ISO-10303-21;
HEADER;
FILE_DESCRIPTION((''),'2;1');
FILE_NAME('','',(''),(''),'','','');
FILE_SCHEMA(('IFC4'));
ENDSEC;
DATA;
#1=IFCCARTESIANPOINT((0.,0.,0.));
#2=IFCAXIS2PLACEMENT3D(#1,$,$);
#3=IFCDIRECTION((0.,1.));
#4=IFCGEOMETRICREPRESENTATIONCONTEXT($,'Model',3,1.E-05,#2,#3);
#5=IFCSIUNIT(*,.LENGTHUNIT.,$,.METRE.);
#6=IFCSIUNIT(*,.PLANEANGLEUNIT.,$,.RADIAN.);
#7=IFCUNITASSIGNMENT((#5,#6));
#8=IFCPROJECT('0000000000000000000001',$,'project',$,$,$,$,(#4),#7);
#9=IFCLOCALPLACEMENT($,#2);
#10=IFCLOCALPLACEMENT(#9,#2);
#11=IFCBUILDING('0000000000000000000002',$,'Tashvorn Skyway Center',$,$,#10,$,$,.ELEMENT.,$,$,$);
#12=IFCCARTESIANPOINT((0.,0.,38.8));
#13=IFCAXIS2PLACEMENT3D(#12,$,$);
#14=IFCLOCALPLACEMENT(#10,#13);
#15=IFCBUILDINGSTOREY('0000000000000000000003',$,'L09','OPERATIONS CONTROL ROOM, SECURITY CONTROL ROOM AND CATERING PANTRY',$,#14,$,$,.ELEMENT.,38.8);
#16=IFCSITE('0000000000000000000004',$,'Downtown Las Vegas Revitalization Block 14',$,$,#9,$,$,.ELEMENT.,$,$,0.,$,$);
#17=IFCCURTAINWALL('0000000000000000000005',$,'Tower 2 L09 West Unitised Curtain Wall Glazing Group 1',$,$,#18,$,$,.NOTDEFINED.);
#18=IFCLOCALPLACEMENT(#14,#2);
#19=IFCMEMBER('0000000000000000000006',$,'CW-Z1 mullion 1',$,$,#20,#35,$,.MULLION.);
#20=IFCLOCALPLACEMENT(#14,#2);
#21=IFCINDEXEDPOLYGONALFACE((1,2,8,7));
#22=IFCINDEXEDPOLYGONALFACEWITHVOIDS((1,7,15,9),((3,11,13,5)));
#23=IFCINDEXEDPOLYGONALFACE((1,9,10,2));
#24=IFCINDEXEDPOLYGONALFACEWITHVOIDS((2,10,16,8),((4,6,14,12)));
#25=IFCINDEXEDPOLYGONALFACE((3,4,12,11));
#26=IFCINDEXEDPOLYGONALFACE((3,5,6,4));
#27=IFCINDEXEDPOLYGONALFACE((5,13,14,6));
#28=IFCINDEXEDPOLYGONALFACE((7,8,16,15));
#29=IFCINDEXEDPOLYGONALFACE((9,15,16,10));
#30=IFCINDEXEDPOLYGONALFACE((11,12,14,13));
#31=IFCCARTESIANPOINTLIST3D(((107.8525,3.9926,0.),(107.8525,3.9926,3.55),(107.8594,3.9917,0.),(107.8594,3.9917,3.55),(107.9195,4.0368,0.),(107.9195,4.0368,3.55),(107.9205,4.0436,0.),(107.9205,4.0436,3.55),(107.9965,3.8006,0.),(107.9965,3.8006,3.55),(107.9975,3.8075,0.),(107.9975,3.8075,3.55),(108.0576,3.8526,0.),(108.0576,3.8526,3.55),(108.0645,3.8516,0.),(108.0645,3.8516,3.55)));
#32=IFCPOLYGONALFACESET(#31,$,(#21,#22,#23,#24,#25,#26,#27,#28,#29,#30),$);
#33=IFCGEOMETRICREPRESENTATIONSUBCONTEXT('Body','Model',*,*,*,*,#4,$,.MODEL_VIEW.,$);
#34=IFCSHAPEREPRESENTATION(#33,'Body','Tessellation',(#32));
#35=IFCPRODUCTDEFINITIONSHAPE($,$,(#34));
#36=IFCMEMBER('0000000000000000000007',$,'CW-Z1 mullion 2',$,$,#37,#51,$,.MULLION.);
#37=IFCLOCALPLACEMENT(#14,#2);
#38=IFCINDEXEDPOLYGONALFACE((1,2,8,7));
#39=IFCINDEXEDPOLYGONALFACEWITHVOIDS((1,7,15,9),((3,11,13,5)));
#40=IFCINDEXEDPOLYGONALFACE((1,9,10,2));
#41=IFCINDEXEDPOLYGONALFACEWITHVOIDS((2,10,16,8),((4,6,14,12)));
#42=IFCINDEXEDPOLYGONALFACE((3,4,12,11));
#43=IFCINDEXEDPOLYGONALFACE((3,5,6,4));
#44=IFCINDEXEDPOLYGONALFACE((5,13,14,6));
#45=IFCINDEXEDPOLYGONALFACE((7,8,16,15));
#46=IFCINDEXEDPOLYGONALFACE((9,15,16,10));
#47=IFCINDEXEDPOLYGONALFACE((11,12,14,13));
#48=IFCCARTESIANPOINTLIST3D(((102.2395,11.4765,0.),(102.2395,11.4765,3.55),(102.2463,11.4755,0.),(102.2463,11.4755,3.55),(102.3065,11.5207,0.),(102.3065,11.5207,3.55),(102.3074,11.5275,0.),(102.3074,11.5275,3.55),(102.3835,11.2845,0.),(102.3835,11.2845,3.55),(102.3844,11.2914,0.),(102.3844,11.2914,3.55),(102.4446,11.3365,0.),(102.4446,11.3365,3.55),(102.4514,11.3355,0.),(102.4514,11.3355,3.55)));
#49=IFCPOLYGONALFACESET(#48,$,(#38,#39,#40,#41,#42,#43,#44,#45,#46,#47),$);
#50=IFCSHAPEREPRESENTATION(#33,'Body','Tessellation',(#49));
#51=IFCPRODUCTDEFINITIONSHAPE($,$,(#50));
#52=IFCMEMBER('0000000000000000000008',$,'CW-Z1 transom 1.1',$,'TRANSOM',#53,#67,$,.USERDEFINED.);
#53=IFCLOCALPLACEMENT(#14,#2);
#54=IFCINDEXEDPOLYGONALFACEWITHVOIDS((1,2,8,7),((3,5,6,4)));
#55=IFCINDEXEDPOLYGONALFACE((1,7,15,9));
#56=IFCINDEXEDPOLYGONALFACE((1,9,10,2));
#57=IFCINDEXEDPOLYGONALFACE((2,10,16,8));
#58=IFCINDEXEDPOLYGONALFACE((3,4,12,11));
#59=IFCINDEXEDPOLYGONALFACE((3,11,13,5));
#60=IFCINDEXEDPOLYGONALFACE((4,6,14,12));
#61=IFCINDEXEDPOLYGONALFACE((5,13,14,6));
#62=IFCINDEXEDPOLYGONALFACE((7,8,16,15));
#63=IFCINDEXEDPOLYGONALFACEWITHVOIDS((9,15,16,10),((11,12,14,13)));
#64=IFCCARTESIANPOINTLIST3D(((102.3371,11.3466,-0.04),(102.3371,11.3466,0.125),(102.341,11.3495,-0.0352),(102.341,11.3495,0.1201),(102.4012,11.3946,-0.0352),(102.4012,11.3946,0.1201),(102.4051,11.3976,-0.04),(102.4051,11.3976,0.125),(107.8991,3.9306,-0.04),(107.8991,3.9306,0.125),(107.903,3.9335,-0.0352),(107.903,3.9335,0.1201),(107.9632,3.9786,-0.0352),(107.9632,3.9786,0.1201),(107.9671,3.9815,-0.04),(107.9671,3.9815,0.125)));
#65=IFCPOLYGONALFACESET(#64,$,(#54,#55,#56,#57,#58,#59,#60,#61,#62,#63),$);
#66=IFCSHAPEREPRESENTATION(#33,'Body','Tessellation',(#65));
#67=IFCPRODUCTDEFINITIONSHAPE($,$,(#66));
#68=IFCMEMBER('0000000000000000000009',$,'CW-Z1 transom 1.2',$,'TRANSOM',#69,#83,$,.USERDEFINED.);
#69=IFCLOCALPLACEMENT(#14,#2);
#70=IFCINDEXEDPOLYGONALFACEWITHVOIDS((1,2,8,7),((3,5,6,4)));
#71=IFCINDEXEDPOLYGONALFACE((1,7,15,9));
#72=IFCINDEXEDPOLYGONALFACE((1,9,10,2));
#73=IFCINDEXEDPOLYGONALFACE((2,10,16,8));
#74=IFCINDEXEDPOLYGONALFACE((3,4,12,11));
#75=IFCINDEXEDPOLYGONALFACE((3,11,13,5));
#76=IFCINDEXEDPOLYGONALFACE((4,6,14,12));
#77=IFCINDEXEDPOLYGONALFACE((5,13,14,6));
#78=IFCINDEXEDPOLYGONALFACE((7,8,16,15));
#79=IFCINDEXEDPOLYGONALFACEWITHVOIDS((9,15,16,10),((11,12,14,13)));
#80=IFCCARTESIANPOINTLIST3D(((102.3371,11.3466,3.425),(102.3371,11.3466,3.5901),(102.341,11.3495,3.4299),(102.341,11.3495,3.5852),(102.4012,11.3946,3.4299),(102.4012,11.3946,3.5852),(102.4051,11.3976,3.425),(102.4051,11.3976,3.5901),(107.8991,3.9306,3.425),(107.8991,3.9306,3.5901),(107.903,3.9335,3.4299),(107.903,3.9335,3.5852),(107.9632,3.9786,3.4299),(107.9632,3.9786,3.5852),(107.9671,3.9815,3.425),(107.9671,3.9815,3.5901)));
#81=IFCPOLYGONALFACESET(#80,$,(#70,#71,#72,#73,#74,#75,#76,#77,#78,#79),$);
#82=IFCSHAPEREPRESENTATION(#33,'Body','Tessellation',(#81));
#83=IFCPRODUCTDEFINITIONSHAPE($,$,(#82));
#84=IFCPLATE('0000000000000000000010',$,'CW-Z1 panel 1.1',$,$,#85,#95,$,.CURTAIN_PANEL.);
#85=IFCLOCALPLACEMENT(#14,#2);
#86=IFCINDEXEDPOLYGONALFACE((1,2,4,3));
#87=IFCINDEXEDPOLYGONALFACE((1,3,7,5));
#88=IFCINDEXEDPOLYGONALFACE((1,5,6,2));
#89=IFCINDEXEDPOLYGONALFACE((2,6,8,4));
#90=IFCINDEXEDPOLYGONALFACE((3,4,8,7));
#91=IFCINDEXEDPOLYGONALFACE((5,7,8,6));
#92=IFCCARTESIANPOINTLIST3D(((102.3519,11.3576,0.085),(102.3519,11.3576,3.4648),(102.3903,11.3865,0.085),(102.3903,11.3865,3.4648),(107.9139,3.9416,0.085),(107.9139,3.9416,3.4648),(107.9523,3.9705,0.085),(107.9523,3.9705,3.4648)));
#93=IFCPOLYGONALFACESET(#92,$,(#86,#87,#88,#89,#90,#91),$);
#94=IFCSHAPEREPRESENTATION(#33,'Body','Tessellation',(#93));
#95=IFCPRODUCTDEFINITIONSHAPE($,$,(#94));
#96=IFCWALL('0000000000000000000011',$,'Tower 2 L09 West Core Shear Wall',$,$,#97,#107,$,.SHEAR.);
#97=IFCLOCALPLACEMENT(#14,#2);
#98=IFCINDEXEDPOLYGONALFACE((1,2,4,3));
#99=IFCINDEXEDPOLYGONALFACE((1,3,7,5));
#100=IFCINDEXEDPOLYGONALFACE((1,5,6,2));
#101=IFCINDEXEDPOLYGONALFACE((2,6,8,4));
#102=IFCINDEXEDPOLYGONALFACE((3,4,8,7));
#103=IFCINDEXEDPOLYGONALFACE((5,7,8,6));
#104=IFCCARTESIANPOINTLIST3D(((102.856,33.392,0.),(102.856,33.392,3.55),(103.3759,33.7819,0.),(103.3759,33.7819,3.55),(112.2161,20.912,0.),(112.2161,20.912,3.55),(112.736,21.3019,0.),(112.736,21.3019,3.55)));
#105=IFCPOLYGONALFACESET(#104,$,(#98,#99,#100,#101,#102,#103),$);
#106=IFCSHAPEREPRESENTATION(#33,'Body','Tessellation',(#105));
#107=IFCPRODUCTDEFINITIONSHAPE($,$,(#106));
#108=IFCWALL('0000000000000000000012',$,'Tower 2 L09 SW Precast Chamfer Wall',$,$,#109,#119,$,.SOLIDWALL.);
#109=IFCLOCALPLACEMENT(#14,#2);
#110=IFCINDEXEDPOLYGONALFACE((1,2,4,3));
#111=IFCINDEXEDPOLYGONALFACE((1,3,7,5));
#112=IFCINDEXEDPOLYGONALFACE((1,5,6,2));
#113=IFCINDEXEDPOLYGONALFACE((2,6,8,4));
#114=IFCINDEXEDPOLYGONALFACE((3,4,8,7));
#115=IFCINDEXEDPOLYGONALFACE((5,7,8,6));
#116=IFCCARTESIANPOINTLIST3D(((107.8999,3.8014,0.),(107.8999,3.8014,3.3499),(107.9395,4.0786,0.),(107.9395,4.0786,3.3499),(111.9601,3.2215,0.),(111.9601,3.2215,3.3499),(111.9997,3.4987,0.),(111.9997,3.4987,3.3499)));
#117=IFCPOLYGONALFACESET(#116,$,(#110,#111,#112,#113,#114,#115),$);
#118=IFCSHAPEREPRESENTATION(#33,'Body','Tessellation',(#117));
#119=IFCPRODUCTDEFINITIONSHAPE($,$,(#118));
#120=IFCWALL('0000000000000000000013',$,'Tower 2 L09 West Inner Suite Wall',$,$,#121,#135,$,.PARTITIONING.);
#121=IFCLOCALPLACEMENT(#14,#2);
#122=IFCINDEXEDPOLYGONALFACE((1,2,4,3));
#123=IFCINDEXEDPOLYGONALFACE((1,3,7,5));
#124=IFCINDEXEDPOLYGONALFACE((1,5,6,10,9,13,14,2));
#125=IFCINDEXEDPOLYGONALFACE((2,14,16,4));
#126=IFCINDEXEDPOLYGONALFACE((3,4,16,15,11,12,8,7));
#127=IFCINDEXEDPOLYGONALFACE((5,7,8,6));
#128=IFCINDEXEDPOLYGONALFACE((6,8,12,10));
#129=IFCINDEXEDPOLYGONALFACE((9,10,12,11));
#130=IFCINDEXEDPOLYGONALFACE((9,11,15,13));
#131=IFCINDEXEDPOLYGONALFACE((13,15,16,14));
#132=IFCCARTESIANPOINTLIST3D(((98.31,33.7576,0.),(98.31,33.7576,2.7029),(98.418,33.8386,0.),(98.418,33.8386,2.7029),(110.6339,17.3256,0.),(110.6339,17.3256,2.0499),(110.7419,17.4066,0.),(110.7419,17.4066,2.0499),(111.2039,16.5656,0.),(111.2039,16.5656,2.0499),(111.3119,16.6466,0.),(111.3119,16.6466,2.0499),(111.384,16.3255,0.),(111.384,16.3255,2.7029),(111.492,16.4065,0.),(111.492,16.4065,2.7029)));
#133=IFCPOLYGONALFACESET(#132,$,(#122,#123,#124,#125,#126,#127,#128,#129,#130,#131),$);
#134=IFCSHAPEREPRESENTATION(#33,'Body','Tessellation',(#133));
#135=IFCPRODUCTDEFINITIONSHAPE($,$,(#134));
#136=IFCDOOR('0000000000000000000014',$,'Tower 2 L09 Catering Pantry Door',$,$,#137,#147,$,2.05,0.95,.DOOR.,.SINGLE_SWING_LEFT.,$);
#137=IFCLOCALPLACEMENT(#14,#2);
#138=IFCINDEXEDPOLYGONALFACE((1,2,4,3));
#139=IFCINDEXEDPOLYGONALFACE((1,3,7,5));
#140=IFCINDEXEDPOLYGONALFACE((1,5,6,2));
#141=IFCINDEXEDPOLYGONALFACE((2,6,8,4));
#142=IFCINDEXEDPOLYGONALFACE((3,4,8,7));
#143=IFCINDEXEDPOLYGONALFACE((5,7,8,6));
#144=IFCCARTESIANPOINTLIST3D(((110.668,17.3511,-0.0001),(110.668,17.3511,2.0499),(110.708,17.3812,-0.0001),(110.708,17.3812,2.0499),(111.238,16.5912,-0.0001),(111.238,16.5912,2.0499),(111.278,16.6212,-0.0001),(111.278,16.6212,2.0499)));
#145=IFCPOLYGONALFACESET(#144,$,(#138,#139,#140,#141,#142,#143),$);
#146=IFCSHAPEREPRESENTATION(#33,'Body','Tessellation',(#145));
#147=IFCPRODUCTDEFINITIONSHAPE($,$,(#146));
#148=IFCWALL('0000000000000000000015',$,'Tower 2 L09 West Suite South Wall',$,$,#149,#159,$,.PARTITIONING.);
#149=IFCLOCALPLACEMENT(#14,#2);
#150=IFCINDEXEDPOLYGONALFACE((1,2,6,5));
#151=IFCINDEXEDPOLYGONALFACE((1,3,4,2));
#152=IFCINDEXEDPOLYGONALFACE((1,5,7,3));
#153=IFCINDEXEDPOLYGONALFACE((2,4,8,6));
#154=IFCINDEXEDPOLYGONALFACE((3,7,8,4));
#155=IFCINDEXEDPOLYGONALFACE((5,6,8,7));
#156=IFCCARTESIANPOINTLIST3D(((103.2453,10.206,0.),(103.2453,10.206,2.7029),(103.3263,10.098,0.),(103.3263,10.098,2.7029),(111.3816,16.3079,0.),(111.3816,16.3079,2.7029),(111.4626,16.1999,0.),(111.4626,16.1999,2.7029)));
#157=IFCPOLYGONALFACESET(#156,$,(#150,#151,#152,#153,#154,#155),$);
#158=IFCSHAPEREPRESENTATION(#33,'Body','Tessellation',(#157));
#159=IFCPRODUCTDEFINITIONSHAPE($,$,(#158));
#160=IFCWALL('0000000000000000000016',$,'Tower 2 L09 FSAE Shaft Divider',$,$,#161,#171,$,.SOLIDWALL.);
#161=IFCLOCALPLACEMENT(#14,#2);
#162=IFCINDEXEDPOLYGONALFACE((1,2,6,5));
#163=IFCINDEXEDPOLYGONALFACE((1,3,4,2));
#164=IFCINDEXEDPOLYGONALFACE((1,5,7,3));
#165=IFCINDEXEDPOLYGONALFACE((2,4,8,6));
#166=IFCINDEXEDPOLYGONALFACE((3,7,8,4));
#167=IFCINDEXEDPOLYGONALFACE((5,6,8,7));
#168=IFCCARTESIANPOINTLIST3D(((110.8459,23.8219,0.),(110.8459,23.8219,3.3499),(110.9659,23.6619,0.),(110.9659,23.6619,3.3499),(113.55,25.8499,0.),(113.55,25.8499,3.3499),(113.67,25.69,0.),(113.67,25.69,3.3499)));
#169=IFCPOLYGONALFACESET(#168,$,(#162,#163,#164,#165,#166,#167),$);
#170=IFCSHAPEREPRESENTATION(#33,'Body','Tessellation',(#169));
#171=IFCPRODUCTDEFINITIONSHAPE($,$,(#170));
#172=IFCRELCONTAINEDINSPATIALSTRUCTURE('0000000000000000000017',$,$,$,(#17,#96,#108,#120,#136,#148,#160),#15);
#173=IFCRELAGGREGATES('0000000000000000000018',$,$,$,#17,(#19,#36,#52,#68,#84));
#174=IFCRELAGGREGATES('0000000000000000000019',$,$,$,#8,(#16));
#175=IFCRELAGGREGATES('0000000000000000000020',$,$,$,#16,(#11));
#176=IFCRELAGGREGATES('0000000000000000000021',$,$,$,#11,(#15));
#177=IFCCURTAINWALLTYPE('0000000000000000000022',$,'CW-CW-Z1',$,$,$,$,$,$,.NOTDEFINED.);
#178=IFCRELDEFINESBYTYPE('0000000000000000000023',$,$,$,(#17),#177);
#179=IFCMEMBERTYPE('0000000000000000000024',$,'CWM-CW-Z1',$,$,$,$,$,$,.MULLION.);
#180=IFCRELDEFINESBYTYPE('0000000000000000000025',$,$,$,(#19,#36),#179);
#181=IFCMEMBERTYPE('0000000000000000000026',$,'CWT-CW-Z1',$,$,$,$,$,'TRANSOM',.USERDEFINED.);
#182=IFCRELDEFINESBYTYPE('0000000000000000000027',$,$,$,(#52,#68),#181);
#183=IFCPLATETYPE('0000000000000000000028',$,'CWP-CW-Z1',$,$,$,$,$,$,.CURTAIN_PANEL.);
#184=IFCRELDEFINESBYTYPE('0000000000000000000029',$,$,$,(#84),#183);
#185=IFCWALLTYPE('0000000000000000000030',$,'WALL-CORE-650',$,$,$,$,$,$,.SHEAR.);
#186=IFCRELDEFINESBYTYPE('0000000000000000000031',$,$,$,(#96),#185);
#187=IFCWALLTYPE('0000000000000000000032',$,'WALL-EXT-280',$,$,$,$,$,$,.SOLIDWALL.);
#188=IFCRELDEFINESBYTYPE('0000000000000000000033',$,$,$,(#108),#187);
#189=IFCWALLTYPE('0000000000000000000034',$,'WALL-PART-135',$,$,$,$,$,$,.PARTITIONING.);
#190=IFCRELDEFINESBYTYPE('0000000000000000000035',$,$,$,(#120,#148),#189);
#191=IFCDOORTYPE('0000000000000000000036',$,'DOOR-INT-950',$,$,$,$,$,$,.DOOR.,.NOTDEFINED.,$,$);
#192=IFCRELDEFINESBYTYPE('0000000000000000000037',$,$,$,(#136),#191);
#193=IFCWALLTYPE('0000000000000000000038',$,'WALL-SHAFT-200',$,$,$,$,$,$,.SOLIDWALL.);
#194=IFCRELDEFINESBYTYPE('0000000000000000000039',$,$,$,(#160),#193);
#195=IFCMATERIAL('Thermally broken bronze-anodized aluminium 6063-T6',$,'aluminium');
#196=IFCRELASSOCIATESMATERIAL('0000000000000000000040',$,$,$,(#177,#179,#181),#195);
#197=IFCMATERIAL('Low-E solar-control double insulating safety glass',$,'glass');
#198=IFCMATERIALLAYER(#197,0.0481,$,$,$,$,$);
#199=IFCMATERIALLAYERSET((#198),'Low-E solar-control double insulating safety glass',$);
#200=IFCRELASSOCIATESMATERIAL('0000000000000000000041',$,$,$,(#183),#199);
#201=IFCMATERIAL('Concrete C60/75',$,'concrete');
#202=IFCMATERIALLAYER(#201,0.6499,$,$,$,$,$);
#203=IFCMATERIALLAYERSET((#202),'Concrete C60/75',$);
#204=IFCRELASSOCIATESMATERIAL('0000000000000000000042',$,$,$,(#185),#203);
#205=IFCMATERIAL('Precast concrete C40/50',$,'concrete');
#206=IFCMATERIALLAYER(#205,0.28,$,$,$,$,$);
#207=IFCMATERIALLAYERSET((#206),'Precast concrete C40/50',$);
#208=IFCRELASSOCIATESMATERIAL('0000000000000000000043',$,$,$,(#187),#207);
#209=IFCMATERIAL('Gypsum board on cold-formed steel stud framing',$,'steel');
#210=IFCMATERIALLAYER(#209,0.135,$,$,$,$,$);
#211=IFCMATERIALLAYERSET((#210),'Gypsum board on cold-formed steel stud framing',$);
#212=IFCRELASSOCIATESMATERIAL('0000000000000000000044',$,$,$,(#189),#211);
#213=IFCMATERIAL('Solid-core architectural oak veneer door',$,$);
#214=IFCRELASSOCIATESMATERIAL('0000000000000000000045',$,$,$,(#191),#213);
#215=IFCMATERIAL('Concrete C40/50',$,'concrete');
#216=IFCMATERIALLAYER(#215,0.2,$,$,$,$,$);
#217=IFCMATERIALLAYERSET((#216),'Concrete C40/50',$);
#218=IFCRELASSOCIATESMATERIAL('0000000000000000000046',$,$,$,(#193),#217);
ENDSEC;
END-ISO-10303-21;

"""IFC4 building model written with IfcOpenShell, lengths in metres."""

from ifc_helpers import new_model, si_unit, direction, frame, frame_2d, origin, origin_2d, place, context, subcontext, project, spatial, rectangle, hollow_rectangle, extrude, material, layer, layer_set, material_profile, profile_set, type_object, element, fill, aggregate, save


model = new_model("IFC4")

# Units and contexts
model_context = context("Model", 3, precision=1e-05, world=origin(), true_north=direction((0.0, 1.0)))
body_context = subcontext(model_context, "Body", "Model", "MODEL_VIEW")
ifc_project = project(units=[si_unit("LENGTHUNIT", "METRE"), si_unit("PLANEANGLEUNIT", "RADIAN")], contexts=[model_context])

# Site, building, storey
site_placement = place(None, origin())
site = spatial("IfcSite", under=ifc_project, at=site_placement, Name="Downtown Las Vegas Revitalization Block 14", CompositionType="ELEMENT", RefElevation=0.0)
building_placement = place(site_placement, origin())
building = spatial("IfcBuilding", under=site, at=building_placement, Name="Tashvorn Skyway Center", CompositionType="ELEMENT")
storey_placement = place(building_placement, frame((0.0, 0.0, 38.8)))
storey = spatial("IfcBuildingStorey", under=building, at=storey_placement, Name="L09", Description="OPERATIONS CONTROL ROOM, SECURITY CONTROL ROOM AND CATERING PANTRY", CompositionType="ELEMENT", Elevation=38.8)

# Shared definitions
ifc_material_1 = material(Name="Concrete C60/75", Category="concrete")

# Shared definitions
ifc_material_2 = material(Name="Thermally broken bronze-anodized aluminium 6063-T6", Category="aluminium")
curtain_wall_type = type_object("IfcCurtainWallType", Name="CW-CW-Z1", PredefinedType="NOTDEFINED", material=ifc_material_2)
ifc_material_profile_1 = material_profile(ifc_material_2, hollow_rectangle(XDim=0.085, YDim=0.24, WallThickness=0.0049, at=origin_2d()), Name="ALU-MULL-85x240")
ifc_profile_set_1 = profile_set([ifc_material_profile_1], Name="Thermally broken bronze-anodized aluminium 6063-T6")
member_type_1 = type_object("IfcMemberType", Name="CWM-CW-Z1", PredefinedType="MULLION", material=ifc_profile_set_1)

# Curtain wall, members, plate
curtain_wall_1_placement = place(storey_placement, origin())
curtain_wall_1 = element("IfcCurtainWall", 1, at=curtain_wall_1_placement, inside=storey, type_object=curtain_wall_type, Name="Tower 2 L09 West Unitised Curtain Wall Glazing Group 1", PredefinedType="NOTDEFINED")
member_1_placement = place(storey_placement, frame((107.9585, 3.9221, 0.0), z_axis=(0.0, 0.0, 1.0), x_axis=(-0.8, -0.6, 0.0)))
member_1 = element("IfcMember", 2, at=member_1_placement, type_object=member_type_1, Name="CW-Z1 mullion 1", PredefinedType="MULLION", context=body_context, shape_type="SweptSolid", body=[
    extrude(hollow_rectangle(XDim=0.085, YDim=0.24, WallThickness=0.0049, at=origin_2d()), origin(), (0.0, 0.0, 1.0), 3.55),
])
member_2_placement = place(storey_placement, frame((102.3455, 11.406, 0.0), z_axis=(0.0, 0.0, 1.0), x_axis=(-0.8, -0.6, 0.0)))
member_2 = element("IfcMember", 3, at=member_2_placement, type_object=member_type_1, Name="CW-Z1 mullion 2", PredefinedType="MULLION", context=body_context, shape_type="SweptSolid", body=[
    extrude(hollow_rectangle(XDim=0.085, YDim=0.24, WallThickness=0.0049, at=origin_2d()), origin(), (0.0, 0.0, 1.0), 3.55),
])
ifc_material_profile_2 = material_profile(ifc_material_2, hollow_rectangle(XDim=0.085, YDim=0.165, WallThickness=0.0049, at=origin_2d()), Name="ALU-TRAN-85x165")
ifc_profile_set_2 = profile_set([ifc_material_profile_2], Name="Thermally broken bronze-anodized aluminium 6063-T6")
member_type_2 = type_object("IfcMemberType", Name="CWT-CW-Z1", ElementType="TRANSOM", PredefinedType="USERDEFINED", material=ifc_profile_set_2)
member_3_placement = place(storey_placement, frame((107.9331, 3.9561, 0.0425), z_axis=(-0.6, 0.8, 0.0), x_axis=(-0.8, -0.6, 0.0)))
member_3 = element("IfcMember", 4, at=member_3_placement, type_object=member_type_2, Name="CW-Z1 transom 1.1", ObjectType="TRANSOM", PredefinedType="USERDEFINED", context=body_context, shape_type="SweptSolid", body=[
    extrude(hollow_rectangle(XDim=0.085, YDim=0.165, WallThickness=0.0049, at=origin_2d()), origin(), (0.0, 0.0, 1.0), 9.27),
])
member_4_placement = place(storey_placement, frame((107.9331, 3.9561, 3.5076), z_axis=(-0.6, 0.8, 0.0), x_axis=(-0.8, -0.6, 0.0)))
member_4 = element("IfcMember", 5, at=member_4_placement, type_object=member_type_2, Name="CW-Z1 transom 1.2", ObjectType="TRANSOM", PredefinedType="USERDEFINED", context=body_context, shape_type="SweptSolid", body=[
    extrude(hollow_rectangle(XDim=0.085, YDim=0.165, WallThickness=0.0049, at=origin_2d()), origin(), (0.0, 0.0, 1.0), 9.27),
])
ifc_material_3 = material(Name="Low-E solar-control double insulating safety glass", Category="glass")
ifc_layer_1 = layer(ifc_material_3, 0.0481)
ifc_layer_set_1 = layer_set([ifc_layer_1], Name="Low-E solar-control double insulating safety glass")
plate_type = type_object("IfcPlateType", Name="CWP-CW-Z1", PredefinedType="CURTAIN_PANEL", material=ifc_layer_set_1)
plate_placement = place(storey_placement, frame((105.1521, 7.6641, 0.085), z_axis=(0.0, 0.0, 1.0), x_axis=(-0.6, 0.8, 0.0)))
plate = element("IfcPlate", 6, at=plate_placement, type_object=plate_type, Name="CW-Z1 panel 1.1", PredefinedType="CURTAIN_PANEL", context=body_context, shape_type="SweptSolid", body=[
    extrude(rectangle(XDim=9.27, YDim=0.0481, at=origin_2d()), origin(), (0.0, 0.0, 1.0), 3.3799),
])
aggregate(curtain_wall_1, [member_1, member_2, member_3, member_4, plate])

# Walls
ifc_layer_2 = layer(ifc_material_1, 0.6499)
ifc_layer_set_2 = layer_set([ifc_layer_2], Name="Concrete C60/75")
wall_type_1 = type_object("IfcWallType", Name="WALL-CORE-650", PredefinedType="SHEAR", material=ifc_layer_set_2)
wall_1_placement = place(storey_placement, frame((112.4761, 21.1069, 0.0), z_axis=(0.0, 0.0, 1.0), x_axis=(-0.600005, 0.799996, 0.0)))
element("IfcWall", 7, at=wall_1_placement, inside=storey, type_object=wall_type_1, Name="Tower 2 L09 West Core Shear Wall", PredefinedType="SHEAR", context=body_context, shape_type="SweptSolid", body=[
    extrude(rectangle(XDim=15.6001, YDim=0.6499, at=frame_2d((7.8, 0.0))), origin(), (0.0, 0.0, 1.0), 3.55),
])
ifc_material_4 = material(Name="Precast concrete C40/50", Category="concrete")
ifc_layer_3 = layer(ifc_material_4, 0.28)
ifc_layer_set_3 = layer_set([ifc_layer_3], Name="Precast concrete C40/50")
wall_type_2 = type_object("IfcWallType", Name="WALL-EXT-280", PredefinedType="SOLIDWALL", material=ifc_layer_set_3)
wall_2_placement = place(storey_placement, frame((111.98, 3.3601, 0.0), z_axis=(0.0, 0.0, 1.0), x_axis=(-0.989955, 0.14138, 0.0)))
element("IfcWall", 8, at=wall_2_placement, inside=storey, type_object=wall_type_2, Name="Tower 2 L09 SW Precast Chamfer Wall", PredefinedType="SOLIDWALL", context=body_context, shape_type="SweptSolid", body=[
    extrude(rectangle(XDim=4.1013, YDim=0.28, at=frame_2d((2.0508, 0.0))), origin(), (0.0, 0.0, 1.0), 3.3499),
])

# Wall, opening, door
ifc_material_5 = material(Name="Gypsum board on cold-formed steel stud framing", Category="steel")
ifc_layer_4 = layer(ifc_material_5, 0.135)
ifc_layer_set_4 = layer_set([ifc_layer_4], Name="Gypsum board on cold-formed steel stud framing")
wall_type_3 = type_object("IfcWallType", Name="WALL-PART-135", PredefinedType="PARTITIONING", material=ifc_layer_set_4)
wall_3_placement = place(storey_placement, frame((111.438, 16.366, 0.0), z_axis=(0.0, 0.0, 1.0), x_axis=(-0.599996, 0.800003, 0.0)))
wall_3 = element("IfcWall", 9, at=wall_3_placement, inside=storey, type_object=wall_type_3, Name="Tower 2 L09 West Inner Suite Wall", PredefinedType="PARTITIONING", context=body_context, shape_type="SweptSolid", body=[
    extrude(rectangle(XDim=21.79, YDim=0.135, at=frame_2d((10.895, 0.0))), origin(), (0.0, 0.0, 1.0), 2.7029),
])
opening_1_placement = place(wall_3_placement, frame((0.3, 0.0, 0.0)))
opening_1 = element("IfcOpeningElement", 10, at=opening_1_placement, cuts=wall_3, PredefinedType="OPENING", context=body_context, shape_type="SweptSolid", body=[
    extrude(rectangle(XDim=0.95, YDim=2.05, at=frame_2d((0.4751, 1.0249))), frame((0.0, 0.0774, 0.0), z_axis=(0.0, -1.0, 0.0), x_axis=(1.0, 0.0, 0.0)), (0.0, 0.0, 1.0), 0.155),
])
ifc_material_6 = material(Name="Solid-core architectural oak veneer door")
door_type_1 = type_object("IfcDoorType", Name="DOOR-INT-950", OperationType="NOTDEFINED", PredefinedType="DOOR", material=ifc_material_6)
door_1_placement = place(opening_1_placement, origin())
door_1 = element("IfcDoor", 11, at=door_1_placement, inside=storey, type_object=door_type_1, Name="Tower 2 L09 Catering Pantry Door", OperationType="SINGLE_SWING_LEFT", OverallHeight=2.05, OverallWidth=0.95, PredefinedType="DOOR", context=body_context, shape_type="SweptSolid", body=[
    extrude(rectangle(XDim=0.95, YDim=2.05, at=frame_2d((0.4751, 1.0249))), frame((0.0, 0.0249, 0.0), z_axis=(0.0, -1.0, 0.0), x_axis=(1.0, 0.0, 0.0)), (0.0, 0.0, 1.0), 0.05),
])
fill(opening_1, door_1)

# Walls
wall_4_placement = place(storey_placement, frame((103.2859, 10.1521, 0.0), z_axis=(0.0, 0.0, 1.0), x_axis=(0.800017, 0.599977, 0.0)))
element("IfcWall", 12, at=wall_4_placement, inside=storey, type_object=wall_type_3, Name="Tower 2 L09 West Suite South Wall", PredefinedType="PARTITIONING", context=body_context, shape_type="SweptSolid", body=[
    extrude(rectangle(XDim=10.1702, YDim=0.135, at=frame_2d((5.085, 0.0))), origin(), (0.0, 0.0, 1.0), 2.7029),
])
ifc_material_7 = material(Name="Concrete C40/50", Category="concrete")
ifc_layer_5 = layer(ifc_material_7, 0.2)
ifc_layer_set_5 = layer_set([ifc_layer_5], Name="Concrete C40/50")
wall_type_4 = type_object("IfcWallType", Name="WALL-SHAFT-200", PredefinedType="SOLIDWALL", material=ifc_layer_set_5)
for number, where, z_axis, x_axis, name in (
    (13, (110.906, 23.7419, 0.0), (0.0, 0.0, 1.0), (0.8, 0.6, 0.0), "Tower 2 L09 FSAE Shaft Divider"),
):
    element("IfcWall", number, at=place(storey_placement, frame(where, z_axis=z_axis, x_axis=x_axis)), inside=storey, type_object=wall_type_4, Name=name, PredefinedType="SOLIDWALL", context=body_context, shape_type="SweptSolid", body=[
        extrude(rectangle(XDim=3.3801, YDim=0.2, at=frame_2d((1.6899, 0.0))), origin(), (0.0, 0.0, 1.0), 3.3499),
    ])

save(model, "model.ifc")
